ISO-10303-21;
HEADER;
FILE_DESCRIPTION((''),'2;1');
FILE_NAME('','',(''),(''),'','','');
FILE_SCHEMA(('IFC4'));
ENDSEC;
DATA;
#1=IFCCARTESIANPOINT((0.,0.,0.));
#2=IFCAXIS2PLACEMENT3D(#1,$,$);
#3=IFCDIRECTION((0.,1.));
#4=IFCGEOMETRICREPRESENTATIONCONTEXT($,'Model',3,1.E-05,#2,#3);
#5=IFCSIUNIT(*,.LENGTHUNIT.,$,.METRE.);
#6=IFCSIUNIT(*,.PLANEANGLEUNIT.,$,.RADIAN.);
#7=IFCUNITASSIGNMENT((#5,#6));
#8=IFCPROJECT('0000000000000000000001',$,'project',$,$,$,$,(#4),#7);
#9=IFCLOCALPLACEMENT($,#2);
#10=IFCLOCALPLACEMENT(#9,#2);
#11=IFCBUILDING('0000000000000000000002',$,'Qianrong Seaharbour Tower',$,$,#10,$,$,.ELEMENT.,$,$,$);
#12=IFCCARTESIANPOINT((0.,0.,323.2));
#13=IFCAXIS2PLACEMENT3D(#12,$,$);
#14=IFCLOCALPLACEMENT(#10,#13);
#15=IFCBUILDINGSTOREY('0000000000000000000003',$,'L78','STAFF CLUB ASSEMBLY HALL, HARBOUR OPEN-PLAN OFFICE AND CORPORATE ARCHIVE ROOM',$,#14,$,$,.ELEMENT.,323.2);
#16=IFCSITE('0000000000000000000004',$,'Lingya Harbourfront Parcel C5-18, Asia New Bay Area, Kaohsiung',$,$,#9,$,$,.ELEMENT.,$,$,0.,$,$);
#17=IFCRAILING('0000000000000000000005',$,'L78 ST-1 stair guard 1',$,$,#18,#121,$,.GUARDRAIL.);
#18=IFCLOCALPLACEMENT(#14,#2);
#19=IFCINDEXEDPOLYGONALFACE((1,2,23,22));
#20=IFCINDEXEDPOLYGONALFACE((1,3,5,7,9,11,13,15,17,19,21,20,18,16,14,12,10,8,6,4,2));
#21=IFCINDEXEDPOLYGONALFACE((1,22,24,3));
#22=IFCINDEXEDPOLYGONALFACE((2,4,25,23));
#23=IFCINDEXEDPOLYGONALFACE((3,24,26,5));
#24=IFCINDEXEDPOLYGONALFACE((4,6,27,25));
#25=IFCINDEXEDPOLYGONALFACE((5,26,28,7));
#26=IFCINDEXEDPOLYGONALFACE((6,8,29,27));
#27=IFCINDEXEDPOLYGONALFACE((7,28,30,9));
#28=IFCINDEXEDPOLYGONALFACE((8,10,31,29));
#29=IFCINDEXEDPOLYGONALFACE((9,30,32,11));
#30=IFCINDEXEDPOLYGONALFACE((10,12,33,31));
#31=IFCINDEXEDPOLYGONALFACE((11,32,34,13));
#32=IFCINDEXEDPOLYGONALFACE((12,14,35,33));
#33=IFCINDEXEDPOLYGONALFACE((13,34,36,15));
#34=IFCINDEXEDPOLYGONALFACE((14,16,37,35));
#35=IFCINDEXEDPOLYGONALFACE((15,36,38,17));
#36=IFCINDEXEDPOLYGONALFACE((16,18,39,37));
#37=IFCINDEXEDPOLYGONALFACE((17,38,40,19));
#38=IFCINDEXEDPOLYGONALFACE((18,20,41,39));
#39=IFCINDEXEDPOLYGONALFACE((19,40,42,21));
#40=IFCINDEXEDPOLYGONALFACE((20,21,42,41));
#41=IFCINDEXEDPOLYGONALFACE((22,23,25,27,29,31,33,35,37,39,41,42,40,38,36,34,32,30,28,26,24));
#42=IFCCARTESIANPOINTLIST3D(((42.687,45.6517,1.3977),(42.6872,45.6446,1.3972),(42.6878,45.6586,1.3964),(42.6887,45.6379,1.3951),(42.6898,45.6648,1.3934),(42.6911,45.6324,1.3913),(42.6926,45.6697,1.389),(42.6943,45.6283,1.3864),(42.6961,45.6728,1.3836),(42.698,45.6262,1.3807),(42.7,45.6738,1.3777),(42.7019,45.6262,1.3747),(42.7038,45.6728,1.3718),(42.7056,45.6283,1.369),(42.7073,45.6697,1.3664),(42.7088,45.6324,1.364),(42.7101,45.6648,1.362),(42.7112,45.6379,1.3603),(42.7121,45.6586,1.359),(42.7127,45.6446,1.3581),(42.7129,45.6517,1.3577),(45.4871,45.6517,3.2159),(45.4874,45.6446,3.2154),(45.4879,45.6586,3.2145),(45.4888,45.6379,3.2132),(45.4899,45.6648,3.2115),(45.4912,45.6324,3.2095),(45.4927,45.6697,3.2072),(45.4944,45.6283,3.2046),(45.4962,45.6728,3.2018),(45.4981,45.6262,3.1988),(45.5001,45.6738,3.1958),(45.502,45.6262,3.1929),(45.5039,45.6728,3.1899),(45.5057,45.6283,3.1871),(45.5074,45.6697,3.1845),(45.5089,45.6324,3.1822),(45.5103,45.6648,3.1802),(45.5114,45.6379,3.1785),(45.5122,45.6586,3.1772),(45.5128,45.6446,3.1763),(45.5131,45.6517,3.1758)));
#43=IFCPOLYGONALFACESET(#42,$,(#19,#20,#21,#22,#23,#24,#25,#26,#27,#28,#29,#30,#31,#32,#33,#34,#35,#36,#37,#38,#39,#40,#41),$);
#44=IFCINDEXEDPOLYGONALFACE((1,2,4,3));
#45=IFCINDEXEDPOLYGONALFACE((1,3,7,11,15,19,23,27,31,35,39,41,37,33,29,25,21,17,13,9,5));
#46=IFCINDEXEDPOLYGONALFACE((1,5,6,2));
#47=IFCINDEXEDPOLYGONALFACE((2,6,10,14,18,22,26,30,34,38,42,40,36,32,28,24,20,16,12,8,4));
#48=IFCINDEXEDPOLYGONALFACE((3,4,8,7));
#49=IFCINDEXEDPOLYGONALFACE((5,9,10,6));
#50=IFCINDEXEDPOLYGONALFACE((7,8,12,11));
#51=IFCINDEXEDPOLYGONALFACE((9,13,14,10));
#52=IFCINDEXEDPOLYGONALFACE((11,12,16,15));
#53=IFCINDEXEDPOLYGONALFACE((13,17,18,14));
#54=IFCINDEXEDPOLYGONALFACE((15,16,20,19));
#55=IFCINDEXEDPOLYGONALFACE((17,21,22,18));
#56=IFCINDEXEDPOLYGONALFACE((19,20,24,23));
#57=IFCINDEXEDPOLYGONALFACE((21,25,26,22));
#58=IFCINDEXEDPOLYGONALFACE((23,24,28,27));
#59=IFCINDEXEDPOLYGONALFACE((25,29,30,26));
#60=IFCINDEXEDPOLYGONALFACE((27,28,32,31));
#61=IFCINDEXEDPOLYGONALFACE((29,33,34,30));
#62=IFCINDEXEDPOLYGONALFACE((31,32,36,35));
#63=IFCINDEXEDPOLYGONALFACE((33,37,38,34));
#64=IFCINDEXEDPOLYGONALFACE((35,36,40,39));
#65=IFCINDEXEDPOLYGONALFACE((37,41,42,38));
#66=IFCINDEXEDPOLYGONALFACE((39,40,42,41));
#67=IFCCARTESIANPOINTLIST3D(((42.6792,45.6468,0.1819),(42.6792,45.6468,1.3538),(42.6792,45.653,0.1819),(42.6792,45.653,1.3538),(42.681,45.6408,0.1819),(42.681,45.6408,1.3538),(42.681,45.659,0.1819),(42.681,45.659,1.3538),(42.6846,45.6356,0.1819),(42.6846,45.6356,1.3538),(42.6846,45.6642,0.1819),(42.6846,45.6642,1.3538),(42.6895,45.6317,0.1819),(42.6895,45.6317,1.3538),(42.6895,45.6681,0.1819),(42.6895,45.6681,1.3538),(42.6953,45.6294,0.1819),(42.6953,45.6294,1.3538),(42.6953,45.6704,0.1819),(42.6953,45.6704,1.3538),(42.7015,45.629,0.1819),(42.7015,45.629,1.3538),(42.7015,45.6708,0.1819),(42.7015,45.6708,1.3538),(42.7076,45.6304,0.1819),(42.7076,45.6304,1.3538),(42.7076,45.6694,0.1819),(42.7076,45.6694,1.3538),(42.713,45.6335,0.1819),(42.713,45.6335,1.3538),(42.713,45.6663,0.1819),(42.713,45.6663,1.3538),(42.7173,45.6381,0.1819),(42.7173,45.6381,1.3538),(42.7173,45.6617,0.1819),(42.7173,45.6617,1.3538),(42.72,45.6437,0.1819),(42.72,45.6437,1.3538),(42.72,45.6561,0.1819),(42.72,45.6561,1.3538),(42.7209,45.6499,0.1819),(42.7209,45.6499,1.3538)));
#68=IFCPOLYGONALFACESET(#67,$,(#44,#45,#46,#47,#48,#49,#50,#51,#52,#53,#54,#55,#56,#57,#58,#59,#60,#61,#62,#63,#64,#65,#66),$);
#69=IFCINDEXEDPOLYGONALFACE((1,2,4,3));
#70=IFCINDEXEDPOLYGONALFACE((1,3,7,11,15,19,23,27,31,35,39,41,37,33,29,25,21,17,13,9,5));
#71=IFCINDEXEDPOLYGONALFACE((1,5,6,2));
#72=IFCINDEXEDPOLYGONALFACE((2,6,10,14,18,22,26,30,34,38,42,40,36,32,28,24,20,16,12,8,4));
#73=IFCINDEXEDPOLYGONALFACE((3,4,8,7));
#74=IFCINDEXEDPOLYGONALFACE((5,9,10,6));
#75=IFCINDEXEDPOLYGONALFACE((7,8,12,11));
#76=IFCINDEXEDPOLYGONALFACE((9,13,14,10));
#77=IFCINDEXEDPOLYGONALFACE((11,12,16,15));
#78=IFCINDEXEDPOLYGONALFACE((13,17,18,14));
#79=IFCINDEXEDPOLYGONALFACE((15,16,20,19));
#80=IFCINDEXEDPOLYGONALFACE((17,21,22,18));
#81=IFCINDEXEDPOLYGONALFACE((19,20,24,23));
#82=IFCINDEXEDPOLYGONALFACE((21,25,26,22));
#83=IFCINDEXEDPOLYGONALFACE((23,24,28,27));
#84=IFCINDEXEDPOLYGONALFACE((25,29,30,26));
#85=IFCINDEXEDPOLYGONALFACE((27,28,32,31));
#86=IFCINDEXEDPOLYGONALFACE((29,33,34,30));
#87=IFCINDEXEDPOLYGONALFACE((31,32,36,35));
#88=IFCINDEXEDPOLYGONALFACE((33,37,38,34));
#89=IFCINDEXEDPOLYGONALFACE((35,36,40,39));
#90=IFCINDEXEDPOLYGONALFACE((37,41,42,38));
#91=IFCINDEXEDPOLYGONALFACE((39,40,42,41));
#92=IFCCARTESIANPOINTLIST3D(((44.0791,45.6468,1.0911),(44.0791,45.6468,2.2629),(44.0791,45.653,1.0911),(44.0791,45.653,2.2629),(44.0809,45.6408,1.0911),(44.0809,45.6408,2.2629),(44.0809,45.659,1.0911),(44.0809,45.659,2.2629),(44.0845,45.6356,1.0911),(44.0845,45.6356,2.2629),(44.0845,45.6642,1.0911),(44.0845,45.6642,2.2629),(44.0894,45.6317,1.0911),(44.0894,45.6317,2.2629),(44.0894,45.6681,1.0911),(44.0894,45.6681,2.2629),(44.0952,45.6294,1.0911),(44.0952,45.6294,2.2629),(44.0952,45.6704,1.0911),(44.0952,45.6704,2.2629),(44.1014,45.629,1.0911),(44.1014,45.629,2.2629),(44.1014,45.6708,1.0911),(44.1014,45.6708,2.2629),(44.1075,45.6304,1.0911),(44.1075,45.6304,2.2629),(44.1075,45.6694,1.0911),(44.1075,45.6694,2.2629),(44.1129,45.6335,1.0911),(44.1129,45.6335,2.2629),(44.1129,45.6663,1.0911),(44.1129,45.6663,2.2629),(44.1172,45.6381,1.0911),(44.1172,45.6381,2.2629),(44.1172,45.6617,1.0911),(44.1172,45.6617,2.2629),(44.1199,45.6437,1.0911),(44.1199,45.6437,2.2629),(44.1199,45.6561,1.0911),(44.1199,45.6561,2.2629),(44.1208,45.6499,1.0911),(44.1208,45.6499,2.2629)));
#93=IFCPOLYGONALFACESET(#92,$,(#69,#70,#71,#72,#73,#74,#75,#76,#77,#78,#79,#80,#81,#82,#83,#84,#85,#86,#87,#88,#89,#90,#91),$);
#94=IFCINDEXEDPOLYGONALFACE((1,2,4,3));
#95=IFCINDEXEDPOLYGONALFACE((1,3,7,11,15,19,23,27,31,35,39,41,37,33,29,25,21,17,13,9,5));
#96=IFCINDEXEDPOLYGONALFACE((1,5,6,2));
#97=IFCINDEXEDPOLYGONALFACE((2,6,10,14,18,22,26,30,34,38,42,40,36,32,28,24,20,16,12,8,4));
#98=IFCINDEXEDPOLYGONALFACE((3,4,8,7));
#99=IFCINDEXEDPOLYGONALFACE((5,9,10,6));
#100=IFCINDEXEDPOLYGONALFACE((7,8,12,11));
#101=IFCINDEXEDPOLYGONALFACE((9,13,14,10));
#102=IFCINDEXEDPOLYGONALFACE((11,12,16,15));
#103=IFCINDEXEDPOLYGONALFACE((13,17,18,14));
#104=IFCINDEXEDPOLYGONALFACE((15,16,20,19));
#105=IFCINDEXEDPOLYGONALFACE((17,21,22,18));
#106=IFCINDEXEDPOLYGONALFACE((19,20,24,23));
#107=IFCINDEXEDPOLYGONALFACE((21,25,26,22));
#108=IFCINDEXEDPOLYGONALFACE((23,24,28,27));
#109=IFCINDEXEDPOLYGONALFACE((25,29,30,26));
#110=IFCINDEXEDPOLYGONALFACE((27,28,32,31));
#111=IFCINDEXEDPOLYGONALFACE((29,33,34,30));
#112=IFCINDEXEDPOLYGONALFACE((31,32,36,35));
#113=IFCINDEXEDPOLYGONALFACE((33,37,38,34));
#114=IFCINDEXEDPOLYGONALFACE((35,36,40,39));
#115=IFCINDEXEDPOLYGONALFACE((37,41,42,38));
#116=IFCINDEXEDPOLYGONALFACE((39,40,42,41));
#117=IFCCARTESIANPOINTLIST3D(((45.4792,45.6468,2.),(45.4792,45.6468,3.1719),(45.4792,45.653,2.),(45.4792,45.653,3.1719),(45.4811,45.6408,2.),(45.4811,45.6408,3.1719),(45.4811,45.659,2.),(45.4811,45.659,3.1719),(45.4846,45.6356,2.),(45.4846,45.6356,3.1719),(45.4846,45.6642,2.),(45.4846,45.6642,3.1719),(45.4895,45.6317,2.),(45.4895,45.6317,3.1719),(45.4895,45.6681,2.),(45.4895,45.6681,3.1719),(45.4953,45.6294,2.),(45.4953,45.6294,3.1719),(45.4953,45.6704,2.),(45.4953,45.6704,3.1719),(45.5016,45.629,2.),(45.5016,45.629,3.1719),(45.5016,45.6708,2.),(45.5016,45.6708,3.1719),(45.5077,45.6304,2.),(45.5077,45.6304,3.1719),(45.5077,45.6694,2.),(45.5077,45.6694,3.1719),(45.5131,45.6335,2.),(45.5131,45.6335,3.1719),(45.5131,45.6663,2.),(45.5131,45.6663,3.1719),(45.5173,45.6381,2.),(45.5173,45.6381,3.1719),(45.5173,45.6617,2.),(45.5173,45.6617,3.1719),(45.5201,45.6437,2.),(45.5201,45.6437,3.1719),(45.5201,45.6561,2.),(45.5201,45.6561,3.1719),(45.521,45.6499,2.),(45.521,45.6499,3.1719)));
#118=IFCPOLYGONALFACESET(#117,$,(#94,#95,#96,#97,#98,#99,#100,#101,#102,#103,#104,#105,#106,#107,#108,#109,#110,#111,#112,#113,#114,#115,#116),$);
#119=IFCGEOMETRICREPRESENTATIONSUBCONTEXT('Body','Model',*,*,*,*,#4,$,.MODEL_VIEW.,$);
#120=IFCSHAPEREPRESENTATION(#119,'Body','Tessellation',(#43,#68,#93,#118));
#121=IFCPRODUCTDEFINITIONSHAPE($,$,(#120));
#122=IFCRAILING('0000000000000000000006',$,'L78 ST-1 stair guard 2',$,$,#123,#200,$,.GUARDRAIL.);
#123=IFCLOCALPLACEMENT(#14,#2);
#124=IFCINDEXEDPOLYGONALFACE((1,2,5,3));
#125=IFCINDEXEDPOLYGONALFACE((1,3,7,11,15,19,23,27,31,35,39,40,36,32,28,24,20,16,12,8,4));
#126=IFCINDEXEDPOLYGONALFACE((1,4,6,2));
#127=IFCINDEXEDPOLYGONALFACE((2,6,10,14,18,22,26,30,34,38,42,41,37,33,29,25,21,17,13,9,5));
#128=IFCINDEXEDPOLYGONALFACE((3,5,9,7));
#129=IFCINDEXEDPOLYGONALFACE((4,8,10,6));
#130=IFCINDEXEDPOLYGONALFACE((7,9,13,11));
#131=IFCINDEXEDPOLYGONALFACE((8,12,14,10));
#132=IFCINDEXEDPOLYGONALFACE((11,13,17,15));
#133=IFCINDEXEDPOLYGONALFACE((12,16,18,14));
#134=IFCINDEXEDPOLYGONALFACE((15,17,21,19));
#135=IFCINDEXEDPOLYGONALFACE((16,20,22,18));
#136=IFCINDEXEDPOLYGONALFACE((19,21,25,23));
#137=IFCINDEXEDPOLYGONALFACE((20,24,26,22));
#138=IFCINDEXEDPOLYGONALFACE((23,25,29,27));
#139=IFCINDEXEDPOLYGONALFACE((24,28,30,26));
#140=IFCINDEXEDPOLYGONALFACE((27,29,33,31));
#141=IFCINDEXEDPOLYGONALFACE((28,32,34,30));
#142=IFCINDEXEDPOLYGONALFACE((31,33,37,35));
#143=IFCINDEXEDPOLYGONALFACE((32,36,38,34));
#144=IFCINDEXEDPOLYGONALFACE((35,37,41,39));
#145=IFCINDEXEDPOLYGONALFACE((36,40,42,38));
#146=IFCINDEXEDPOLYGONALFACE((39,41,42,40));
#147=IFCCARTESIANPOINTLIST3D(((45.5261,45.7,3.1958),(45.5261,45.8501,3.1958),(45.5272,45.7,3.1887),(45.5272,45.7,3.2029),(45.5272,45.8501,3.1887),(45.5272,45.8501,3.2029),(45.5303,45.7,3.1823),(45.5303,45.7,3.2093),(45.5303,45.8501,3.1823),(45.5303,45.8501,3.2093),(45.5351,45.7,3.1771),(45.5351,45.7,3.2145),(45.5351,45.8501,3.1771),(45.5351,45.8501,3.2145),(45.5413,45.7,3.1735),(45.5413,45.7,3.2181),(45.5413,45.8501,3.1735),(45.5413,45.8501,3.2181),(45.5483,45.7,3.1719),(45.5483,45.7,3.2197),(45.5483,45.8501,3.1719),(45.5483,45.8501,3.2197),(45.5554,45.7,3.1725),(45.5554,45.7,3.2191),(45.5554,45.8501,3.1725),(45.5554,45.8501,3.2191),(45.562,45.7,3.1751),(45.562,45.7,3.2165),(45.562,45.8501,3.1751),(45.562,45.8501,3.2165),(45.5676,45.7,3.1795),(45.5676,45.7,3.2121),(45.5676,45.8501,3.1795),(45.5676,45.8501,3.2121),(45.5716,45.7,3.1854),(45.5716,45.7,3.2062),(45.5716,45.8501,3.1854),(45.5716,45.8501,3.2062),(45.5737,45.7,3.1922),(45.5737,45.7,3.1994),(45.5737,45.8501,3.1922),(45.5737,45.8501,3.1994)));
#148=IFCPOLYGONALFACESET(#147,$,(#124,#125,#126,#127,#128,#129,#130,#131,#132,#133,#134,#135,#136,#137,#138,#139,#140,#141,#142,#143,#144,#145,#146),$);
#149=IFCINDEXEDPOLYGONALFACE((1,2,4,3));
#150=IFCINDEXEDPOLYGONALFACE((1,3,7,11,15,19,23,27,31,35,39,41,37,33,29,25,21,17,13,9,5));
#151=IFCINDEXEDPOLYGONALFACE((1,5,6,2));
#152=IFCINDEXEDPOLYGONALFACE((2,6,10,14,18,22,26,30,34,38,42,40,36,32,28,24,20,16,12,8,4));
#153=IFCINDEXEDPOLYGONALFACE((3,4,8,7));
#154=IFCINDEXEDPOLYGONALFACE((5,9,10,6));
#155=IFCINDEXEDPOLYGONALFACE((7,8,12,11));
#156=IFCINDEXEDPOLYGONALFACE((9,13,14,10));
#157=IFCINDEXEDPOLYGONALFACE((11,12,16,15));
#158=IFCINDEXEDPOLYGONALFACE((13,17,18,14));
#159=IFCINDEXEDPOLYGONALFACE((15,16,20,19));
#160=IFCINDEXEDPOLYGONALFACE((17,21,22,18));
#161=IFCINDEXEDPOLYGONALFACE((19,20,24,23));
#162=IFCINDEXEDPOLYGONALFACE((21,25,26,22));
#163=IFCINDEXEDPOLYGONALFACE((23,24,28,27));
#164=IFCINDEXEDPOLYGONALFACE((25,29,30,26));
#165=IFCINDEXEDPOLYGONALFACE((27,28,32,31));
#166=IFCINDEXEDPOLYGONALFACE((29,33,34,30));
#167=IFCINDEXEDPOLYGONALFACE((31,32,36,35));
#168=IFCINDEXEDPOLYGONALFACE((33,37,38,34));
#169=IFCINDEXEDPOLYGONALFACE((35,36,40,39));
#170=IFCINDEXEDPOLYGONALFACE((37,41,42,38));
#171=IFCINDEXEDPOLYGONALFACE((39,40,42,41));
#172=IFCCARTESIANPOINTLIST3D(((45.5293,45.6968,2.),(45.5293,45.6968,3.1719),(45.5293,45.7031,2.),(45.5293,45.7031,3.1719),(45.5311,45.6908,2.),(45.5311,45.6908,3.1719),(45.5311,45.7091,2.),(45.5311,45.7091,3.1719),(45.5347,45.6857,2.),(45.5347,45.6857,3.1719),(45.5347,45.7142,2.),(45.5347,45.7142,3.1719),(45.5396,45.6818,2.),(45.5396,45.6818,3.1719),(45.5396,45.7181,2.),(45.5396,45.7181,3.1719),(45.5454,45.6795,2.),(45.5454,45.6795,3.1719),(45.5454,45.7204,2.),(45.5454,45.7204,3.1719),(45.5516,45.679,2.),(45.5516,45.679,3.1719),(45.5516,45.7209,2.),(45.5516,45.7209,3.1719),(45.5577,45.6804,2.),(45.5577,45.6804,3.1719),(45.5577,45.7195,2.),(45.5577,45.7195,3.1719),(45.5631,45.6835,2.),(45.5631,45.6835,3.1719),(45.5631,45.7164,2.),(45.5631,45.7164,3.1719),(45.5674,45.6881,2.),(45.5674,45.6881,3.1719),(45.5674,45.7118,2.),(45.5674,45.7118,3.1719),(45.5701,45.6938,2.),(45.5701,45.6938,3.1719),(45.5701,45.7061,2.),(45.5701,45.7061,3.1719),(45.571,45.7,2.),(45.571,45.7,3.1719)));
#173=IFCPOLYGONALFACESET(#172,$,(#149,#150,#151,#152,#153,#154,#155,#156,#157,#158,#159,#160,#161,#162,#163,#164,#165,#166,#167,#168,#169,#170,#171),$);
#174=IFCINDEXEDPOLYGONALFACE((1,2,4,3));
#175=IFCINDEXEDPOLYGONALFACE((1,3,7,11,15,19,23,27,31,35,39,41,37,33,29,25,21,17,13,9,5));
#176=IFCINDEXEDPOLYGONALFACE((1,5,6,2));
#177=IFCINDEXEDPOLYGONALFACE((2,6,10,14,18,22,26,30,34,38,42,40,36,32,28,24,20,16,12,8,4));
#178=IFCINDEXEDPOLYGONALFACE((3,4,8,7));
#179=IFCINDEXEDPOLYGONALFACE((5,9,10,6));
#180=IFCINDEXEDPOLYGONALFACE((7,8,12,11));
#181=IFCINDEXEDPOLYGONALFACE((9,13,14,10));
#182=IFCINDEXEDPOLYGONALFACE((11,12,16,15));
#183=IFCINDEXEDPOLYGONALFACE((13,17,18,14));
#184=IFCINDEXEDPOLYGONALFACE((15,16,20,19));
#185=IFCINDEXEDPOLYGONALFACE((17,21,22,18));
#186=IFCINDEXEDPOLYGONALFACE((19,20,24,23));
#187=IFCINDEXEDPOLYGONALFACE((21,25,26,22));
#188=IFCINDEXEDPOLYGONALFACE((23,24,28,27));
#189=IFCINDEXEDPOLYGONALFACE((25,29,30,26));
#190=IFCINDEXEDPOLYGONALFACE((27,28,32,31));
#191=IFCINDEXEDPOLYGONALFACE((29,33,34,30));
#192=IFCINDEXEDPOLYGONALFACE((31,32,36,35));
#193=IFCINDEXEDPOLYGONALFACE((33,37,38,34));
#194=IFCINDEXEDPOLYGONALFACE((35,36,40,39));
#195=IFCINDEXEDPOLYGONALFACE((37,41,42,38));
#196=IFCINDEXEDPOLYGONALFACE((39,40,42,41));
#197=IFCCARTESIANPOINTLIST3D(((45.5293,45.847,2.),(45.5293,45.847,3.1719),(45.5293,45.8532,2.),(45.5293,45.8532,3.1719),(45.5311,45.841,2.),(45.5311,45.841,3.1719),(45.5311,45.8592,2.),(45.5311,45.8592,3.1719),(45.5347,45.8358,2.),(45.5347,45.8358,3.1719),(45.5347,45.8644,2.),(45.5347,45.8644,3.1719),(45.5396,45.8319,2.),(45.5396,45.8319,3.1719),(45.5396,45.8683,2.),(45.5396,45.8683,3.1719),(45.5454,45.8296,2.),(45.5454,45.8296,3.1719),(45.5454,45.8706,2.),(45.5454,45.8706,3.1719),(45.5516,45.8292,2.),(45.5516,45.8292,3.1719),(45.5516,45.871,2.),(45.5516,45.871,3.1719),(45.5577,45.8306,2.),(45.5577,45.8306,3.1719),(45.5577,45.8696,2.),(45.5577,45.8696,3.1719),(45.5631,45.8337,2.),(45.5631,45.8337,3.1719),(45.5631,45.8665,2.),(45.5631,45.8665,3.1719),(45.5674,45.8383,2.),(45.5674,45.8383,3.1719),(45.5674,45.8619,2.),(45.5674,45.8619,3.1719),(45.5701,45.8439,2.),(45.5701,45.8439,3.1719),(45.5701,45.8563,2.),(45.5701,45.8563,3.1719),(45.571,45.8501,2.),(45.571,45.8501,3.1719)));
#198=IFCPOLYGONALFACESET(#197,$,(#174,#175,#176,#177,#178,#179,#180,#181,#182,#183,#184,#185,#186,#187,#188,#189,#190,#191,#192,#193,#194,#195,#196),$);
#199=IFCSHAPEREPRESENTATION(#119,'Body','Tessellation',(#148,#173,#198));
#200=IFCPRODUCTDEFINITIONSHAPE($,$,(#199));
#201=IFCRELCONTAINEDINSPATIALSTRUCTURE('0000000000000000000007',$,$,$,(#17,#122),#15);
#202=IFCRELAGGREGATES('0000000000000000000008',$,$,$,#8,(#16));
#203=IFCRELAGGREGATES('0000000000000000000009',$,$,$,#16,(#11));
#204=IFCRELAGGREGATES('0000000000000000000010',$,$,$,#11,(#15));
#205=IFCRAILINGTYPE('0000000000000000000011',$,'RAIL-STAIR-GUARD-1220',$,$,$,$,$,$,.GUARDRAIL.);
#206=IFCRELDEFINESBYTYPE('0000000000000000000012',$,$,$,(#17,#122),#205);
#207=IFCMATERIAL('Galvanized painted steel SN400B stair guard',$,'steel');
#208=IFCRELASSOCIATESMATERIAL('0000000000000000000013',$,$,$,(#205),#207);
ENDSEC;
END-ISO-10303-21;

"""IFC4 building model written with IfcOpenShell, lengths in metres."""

from ifc_helpers import new_model, si_unit, direction, frame, origin, origin_2d, place, context, subcontext, project, spatial, circle, extrude, material, type_object, element, save


model = new_model("IFC4")

# Units and contexts
model_context = context("Model", 3, precision=1e-05, world=origin(), true_north=direction((0.0, 1.0)))
body_context = subcontext(model_context, "Body", "Model", "MODEL_VIEW")
ifc_project = project(units=[si_unit("LENGTHUNIT", "METRE"), si_unit("PLANEANGLEUNIT", "RADIAN")], contexts=[model_context])

# Site, building, storey
site_placement = place(None, origin())
site = spatial("IfcSite", under=ifc_project, at=site_placement, Name="Lingya Harbourfront Parcel C5-18, Asia New Bay Area, Kaohsiung", CompositionType="ELEMENT", RefElevation=0.0)
building_placement = place(site_placement, origin())
building = spatial("IfcBuilding", under=site, at=building_placement, Name="Qianrong Seaharbour Tower", CompositionType="ELEMENT")
storey_placement = place(building_placement, frame((0.0, 0.0, 323.2)))
storey = spatial("IfcBuildingStorey", under=building, at=storey_placement, Name="L78", Description="STAFF CLUB ASSEMBLY HALL, HARBOUR OPEN-PLAN OFFICE AND CORPORATE ARCHIVE ROOM", CompositionType="ELEMENT", Elevation=323.2)

# Railings
ifc_material_1 = material(Name="Galvanized painted steel SN400B stair guard", Category="steel")
railing_type_1 = type_object("IfcRailingType", Name="RAIL-STAIR-GUARD-1220", PredefinedType="GUARDRAIL", material=ifc_material_1)
railing_1_placement = place(storey_placement, frame((42.7, 45.6499, 0.1819)))
element("IfcRailing", 1, at=railing_1_placement, inside=storey, type_object=railing_type_1, Name="L78 ST-1 stair guard 1", PredefinedType="GUARDRAIL", context=body_context, shape_type="SweptSolid", body=[
    extrude(circle(Radius=0.0239, at=origin_2d()), frame((0.0, 0.0, 1.1958), z_axis=(0.838706, 0.0, 0.544585), x_axis=(0.0, 1.0, 0.0)), (0.0, 0.0, 1.0), 3.3386),
    extrude(circle(Radius=0.021, at=origin_2d()), origin(), (0.0, 0.0, 1.0), 1.1719),
    extrude(circle(Radius=0.021, at=origin_2d()), frame((1.3999, 0.0, 0.9092)), (0.0, 0.0, 1.0), 1.1719),
    extrude(circle(Radius=0.021, at=origin_2d()), frame((2.8, 0.0, 1.8181)), (0.0, 0.0, 1.0), 1.1719),
])
railing_2_placement = place(storey_placement, frame((45.55, 45.7, 2.0)))
element("IfcRailing", 2, at=railing_2_placement, inside=storey, type_object=railing_type_1, Name="L78 ST-1 stair guard 2", PredefinedType="GUARDRAIL", context=body_context, shape_type="SweptSolid", body=[
    extrude(circle(Radius=0.0239, at=origin_2d()), frame((0.0, 0.0, 1.1958), z_axis=(0.0, 1.0, 0.0), x_axis=(-1.0, 0.0, 0.0)), (0.0, 0.0, 1.0), 0.1501),
    extrude(circle(Radius=0.021, at=origin_2d()), origin(), (0.0, 0.0, 1.0), 1.1719),
    extrude(circle(Radius=0.021, at=origin_2d()), frame((0.0, 0.1501, 0.0)), (0.0, 0.0, 1.0), 1.1719),
])

save(model, "model.ifc")
